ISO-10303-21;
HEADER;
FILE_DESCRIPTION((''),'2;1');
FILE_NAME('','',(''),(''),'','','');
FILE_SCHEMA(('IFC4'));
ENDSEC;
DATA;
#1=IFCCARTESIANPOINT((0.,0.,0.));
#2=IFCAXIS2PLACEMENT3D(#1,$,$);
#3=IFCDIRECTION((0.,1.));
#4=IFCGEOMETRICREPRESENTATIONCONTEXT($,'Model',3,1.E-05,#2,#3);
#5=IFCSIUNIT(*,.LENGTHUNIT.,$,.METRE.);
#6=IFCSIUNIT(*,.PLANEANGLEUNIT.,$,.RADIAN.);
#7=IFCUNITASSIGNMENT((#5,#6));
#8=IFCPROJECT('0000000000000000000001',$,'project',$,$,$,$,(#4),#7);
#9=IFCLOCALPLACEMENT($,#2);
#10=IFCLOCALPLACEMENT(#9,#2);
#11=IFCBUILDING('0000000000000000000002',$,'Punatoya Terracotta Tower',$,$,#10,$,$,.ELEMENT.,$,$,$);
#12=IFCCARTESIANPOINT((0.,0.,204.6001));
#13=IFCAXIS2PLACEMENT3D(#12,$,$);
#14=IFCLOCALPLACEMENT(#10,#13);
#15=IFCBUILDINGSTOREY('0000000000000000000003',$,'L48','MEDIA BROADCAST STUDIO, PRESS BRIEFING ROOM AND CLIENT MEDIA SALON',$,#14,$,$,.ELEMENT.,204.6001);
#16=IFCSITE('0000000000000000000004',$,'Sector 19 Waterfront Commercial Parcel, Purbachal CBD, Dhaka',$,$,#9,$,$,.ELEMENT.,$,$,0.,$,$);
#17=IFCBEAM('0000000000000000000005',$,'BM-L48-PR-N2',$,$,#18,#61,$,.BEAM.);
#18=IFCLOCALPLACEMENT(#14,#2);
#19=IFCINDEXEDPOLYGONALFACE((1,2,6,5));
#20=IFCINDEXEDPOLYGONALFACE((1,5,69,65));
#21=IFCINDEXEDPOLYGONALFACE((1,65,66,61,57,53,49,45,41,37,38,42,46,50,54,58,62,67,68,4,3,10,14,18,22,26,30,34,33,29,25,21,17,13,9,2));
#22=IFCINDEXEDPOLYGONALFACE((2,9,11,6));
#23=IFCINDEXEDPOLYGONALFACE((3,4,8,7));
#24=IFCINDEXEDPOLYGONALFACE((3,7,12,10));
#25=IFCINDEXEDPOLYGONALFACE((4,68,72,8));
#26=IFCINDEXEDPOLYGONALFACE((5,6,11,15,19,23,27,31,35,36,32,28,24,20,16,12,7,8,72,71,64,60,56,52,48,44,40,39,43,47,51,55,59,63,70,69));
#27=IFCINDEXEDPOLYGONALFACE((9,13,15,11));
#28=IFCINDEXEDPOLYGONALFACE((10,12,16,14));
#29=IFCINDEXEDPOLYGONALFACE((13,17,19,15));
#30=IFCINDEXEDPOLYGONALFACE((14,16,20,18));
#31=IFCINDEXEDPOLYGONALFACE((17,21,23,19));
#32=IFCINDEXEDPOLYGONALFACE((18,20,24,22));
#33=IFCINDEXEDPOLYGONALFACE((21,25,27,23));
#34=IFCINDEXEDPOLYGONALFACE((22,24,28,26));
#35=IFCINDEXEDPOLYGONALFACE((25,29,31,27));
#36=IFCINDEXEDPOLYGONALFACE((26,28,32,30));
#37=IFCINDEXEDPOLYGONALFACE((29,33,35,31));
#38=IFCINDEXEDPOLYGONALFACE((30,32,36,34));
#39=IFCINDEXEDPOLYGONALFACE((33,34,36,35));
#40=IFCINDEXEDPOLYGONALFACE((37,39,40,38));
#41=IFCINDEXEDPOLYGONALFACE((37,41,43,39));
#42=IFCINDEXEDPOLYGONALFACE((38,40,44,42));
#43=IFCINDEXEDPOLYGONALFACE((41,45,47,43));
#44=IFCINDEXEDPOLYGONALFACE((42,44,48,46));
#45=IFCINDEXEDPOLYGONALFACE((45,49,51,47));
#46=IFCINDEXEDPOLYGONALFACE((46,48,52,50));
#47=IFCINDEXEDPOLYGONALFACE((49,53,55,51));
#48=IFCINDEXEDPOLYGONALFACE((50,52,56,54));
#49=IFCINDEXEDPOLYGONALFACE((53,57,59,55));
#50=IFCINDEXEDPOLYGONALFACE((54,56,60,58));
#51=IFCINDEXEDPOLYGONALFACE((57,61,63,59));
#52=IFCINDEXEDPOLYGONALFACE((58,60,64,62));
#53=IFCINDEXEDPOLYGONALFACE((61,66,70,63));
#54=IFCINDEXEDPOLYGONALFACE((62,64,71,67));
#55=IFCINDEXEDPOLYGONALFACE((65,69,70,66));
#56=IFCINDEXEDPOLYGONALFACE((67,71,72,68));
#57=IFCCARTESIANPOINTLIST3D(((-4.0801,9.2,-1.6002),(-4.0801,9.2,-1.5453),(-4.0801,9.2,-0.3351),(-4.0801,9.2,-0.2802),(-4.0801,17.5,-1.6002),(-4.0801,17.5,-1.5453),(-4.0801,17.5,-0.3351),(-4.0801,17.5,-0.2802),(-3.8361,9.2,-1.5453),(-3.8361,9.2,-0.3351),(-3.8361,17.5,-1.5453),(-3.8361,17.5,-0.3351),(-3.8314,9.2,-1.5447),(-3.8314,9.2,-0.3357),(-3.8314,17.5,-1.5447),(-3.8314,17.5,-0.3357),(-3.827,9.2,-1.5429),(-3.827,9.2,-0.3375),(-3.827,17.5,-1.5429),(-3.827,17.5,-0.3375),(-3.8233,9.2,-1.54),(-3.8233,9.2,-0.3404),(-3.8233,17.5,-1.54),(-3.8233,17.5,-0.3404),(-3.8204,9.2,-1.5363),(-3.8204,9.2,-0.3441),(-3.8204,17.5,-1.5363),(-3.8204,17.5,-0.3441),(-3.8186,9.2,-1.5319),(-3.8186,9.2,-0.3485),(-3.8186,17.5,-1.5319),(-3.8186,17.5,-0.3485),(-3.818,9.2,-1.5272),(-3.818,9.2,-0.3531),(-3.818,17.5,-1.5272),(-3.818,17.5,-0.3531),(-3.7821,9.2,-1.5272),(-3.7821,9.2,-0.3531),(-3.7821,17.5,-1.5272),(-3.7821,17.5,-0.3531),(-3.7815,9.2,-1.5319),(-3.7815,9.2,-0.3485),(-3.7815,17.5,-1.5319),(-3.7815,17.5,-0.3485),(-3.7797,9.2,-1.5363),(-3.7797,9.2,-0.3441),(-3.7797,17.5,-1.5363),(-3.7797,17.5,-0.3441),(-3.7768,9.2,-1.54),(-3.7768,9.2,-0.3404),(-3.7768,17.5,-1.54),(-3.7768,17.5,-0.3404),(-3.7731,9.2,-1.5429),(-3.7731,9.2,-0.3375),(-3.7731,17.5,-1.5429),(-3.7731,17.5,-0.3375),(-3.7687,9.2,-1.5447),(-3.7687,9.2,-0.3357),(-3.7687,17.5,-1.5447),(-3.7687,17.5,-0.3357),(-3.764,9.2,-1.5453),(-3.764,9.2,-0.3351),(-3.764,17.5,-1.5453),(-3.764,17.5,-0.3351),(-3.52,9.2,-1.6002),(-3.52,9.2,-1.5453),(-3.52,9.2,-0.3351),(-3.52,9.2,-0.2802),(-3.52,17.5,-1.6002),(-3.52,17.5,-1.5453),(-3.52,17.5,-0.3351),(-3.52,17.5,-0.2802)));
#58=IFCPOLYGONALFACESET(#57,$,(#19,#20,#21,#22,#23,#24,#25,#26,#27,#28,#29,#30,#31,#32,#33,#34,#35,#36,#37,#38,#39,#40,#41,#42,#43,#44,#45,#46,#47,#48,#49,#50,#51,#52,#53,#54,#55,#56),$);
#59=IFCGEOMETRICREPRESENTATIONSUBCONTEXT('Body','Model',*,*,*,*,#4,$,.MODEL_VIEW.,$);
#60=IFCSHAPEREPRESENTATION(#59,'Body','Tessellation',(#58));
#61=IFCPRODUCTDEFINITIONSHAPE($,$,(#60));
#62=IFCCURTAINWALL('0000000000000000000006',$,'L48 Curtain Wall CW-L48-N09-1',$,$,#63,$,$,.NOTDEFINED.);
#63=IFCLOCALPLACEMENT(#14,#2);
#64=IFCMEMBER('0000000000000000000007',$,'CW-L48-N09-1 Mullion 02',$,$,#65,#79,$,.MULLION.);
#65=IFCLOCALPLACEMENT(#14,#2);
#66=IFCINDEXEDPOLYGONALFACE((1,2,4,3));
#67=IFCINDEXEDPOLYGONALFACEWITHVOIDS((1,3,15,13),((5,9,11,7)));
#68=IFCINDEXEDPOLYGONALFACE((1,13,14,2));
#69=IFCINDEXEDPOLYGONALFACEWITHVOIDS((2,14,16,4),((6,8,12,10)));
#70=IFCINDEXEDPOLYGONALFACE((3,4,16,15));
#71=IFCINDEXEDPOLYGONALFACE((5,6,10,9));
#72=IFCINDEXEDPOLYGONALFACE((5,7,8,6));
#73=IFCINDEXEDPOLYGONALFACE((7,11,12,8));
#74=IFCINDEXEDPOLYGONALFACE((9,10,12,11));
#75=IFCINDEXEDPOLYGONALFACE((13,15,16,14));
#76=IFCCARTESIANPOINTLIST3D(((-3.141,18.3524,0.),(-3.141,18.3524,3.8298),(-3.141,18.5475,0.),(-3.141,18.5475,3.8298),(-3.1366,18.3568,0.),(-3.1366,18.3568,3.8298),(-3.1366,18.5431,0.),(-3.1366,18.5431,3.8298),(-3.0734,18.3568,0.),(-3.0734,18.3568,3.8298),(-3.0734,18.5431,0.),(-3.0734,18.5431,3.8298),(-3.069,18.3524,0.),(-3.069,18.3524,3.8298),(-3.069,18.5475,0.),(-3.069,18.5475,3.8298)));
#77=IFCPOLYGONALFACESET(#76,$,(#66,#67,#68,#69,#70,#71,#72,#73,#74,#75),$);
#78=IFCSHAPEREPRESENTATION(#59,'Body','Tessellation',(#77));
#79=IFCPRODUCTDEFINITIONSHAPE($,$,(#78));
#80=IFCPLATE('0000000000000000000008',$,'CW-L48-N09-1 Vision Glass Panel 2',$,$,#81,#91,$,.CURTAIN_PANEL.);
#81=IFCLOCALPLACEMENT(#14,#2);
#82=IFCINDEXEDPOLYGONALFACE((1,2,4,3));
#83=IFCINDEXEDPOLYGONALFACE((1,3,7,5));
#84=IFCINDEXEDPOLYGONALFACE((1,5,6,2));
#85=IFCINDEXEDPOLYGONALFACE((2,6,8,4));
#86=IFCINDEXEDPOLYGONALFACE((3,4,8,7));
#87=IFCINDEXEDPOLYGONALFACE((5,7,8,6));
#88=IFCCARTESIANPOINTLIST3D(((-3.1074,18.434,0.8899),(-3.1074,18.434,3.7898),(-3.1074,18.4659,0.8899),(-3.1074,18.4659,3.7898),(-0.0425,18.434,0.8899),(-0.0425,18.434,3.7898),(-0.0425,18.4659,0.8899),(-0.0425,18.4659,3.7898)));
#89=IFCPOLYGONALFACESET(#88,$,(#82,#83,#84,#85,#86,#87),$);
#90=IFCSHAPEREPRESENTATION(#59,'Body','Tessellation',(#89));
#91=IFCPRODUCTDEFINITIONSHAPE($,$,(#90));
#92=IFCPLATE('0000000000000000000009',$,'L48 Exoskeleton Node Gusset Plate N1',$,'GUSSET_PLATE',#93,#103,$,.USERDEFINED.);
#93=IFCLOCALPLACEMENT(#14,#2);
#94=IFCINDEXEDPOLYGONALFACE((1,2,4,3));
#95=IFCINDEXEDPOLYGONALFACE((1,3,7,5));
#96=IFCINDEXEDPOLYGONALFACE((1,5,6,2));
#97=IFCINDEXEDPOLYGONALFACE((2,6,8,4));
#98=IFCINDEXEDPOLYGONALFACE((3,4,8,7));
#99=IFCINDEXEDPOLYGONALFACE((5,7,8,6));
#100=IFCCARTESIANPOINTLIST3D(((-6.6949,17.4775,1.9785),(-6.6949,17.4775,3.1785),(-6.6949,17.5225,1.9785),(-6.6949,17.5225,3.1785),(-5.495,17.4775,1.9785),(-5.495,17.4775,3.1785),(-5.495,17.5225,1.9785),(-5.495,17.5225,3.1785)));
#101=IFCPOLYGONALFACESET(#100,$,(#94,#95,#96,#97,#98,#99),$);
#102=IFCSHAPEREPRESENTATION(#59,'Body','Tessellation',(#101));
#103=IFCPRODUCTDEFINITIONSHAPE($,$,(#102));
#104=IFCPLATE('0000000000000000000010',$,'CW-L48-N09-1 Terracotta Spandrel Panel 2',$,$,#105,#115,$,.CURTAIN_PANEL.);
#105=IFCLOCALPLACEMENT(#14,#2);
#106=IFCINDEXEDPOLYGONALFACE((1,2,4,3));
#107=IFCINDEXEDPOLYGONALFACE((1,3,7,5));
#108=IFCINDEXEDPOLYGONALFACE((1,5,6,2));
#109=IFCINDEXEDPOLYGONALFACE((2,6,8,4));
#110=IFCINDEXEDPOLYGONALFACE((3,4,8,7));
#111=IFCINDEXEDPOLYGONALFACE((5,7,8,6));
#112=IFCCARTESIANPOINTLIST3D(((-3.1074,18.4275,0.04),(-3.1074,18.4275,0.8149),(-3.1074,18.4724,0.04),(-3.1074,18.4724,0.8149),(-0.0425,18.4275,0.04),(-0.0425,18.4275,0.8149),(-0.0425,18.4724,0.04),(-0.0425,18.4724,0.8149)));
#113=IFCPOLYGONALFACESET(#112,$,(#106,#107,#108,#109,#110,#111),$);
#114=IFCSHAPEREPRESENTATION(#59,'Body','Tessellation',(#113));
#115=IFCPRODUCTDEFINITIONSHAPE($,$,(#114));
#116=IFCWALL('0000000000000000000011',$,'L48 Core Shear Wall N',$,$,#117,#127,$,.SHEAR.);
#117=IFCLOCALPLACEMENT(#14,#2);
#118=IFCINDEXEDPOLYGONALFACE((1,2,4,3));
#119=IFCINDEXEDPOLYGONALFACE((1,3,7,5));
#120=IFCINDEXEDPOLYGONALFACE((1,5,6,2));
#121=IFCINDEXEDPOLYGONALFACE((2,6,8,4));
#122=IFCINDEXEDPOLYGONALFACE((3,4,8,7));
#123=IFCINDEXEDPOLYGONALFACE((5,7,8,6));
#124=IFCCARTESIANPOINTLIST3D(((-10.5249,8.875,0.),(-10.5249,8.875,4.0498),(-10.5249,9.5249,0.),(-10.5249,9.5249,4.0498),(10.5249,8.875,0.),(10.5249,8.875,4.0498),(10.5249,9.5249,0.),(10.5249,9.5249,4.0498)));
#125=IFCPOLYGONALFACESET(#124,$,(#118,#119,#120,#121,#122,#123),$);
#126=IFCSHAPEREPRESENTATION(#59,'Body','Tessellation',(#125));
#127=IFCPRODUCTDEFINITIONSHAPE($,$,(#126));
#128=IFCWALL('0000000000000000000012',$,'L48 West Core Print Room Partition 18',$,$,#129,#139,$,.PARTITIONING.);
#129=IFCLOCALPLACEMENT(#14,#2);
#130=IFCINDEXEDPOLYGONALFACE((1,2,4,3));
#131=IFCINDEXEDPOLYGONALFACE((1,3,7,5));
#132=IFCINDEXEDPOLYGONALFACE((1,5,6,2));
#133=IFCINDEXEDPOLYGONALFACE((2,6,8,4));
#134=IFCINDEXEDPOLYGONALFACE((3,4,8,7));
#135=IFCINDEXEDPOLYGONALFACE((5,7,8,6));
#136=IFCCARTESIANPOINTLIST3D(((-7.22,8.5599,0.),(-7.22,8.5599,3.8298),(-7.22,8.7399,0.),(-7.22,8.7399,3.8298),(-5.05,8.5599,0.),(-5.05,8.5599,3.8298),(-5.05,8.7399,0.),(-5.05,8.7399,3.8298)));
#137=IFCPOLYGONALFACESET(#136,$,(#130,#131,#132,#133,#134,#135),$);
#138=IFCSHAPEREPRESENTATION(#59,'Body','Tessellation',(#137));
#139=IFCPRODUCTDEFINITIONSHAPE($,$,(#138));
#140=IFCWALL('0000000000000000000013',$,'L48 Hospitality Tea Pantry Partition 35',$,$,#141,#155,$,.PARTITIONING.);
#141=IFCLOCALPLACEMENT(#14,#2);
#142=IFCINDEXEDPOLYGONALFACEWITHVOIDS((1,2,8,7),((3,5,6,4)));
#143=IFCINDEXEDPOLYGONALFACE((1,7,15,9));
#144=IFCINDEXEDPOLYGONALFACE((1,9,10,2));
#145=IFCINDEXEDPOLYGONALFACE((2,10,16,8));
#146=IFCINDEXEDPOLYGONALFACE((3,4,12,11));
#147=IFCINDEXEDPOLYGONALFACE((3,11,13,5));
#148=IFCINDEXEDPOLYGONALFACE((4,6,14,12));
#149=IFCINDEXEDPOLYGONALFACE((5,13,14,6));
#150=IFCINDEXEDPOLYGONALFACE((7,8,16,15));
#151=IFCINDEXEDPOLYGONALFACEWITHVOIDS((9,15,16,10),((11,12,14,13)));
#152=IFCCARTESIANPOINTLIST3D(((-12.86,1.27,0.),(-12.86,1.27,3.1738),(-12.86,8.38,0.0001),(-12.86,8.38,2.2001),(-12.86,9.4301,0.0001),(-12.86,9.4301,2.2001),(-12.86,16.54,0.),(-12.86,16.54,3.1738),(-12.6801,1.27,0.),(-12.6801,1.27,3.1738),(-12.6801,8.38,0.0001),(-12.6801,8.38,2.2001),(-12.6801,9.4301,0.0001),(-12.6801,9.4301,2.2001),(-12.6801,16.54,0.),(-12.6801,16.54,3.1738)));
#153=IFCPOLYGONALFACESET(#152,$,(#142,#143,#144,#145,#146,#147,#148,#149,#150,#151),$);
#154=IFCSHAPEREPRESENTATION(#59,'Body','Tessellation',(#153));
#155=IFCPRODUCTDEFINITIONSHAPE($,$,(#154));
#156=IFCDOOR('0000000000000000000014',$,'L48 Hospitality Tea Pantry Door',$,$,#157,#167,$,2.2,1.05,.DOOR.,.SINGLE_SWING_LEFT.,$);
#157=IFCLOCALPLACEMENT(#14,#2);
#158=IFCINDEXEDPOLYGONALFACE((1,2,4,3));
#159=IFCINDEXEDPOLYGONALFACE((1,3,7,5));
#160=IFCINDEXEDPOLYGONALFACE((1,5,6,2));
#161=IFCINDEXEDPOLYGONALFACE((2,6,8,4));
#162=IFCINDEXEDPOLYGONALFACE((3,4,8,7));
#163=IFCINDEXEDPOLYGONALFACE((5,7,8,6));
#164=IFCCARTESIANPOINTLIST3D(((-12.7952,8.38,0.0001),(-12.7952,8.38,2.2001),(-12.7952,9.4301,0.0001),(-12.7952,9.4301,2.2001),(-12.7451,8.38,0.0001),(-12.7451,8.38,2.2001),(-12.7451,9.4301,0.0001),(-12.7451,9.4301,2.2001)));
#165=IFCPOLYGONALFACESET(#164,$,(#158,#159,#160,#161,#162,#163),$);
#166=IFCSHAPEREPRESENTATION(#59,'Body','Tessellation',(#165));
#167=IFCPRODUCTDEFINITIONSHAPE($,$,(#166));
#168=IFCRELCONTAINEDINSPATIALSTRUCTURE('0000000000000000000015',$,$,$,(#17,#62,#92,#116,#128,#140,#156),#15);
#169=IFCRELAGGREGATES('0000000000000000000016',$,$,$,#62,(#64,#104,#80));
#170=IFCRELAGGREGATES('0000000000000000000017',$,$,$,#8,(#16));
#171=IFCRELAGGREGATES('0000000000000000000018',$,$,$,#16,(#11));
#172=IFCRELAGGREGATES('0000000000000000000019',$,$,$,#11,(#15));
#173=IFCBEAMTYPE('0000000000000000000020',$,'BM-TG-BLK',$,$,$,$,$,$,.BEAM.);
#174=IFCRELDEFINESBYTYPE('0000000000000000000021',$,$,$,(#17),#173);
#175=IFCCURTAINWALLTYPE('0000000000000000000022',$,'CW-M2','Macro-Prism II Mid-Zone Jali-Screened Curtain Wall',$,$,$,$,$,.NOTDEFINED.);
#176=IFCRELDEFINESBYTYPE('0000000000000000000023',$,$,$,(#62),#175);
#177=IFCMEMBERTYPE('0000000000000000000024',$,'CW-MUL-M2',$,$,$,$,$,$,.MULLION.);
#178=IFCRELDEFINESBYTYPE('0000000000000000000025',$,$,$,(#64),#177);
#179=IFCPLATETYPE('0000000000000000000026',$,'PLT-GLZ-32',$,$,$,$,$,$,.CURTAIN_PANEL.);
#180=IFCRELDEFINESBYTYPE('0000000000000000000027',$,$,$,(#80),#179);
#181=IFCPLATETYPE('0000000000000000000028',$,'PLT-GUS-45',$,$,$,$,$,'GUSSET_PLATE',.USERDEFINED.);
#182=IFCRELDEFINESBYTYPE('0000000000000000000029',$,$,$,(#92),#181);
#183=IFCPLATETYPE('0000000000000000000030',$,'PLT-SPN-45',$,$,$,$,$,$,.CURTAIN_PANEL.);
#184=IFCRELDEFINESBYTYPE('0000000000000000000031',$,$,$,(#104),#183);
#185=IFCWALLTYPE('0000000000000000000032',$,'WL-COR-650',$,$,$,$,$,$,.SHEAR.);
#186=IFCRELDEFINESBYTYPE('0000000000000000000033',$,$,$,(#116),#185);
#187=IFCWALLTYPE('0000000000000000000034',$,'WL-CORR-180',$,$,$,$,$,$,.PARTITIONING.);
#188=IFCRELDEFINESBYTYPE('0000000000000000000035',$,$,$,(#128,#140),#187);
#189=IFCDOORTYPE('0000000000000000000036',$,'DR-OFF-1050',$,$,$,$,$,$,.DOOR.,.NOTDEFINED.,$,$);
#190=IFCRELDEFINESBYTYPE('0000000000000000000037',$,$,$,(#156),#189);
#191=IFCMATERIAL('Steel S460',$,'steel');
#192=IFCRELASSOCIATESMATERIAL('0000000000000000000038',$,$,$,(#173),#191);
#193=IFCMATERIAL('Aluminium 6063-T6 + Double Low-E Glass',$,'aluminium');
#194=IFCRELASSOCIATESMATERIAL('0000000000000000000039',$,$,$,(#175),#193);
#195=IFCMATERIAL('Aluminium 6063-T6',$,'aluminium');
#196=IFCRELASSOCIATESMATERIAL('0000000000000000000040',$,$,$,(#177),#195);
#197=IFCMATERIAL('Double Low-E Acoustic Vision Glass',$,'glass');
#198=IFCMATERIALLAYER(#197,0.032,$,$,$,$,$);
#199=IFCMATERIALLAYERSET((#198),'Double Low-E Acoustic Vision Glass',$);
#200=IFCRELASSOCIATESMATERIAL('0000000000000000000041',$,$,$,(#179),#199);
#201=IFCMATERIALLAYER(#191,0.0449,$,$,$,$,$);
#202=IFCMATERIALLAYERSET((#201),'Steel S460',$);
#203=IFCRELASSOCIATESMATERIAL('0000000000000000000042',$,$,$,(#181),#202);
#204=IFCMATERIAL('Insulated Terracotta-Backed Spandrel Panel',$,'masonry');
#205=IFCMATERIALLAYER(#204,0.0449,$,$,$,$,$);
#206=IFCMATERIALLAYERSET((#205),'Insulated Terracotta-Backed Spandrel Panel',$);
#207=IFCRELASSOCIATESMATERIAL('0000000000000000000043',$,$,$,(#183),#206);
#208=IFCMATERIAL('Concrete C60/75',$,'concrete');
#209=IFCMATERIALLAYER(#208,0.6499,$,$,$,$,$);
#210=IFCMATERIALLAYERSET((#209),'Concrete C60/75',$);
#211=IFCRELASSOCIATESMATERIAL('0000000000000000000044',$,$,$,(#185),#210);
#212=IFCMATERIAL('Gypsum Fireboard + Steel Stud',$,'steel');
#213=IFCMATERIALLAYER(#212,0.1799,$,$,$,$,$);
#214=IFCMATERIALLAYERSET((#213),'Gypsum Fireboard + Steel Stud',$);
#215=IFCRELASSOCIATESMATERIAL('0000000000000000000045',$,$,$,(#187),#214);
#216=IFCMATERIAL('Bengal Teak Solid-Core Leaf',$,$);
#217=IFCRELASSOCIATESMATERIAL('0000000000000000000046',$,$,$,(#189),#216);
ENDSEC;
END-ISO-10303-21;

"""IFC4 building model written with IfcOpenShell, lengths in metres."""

from ifc_helpers import new_model, si_unit, direction, frame, frame_2d, origin, origin_2d, place, context, subcontext, project, spatial, rectangle, hollow_rectangle, i_section, extrude, material, layer, layer_set, material_profile, profile_set, type_object, element, fill, aggregate, save


model = new_model("IFC4")

# Units and contexts
model_context = context("Model", 3, precision=1e-05, world=origin(), true_north=direction((0.0, 1.0)))
body_context = subcontext(model_context, "Body", "Model", "MODEL_VIEW")
ifc_project = project(units=[si_unit("LENGTHUNIT", "METRE"), si_unit("PLANEANGLEUNIT", "RADIAN")], contexts=[model_context])

# Site, building, storey
site_placement = place(None, origin())
site = spatial("IfcSite", under=ifc_project, at=site_placement, Name="Sector 19 Waterfront Commercial Parcel, Purbachal CBD, Dhaka", CompositionType="ELEMENT", RefElevation=0.0)
building_placement = place(site_placement, origin())
building = spatial("IfcBuilding", under=site, at=building_placement, Name="Punatoya Terracotta Tower", CompositionType="ELEMENT")
storey_placement = place(building_placement, frame((0.0, 0.0, 204.6001)))
storey = spatial("IfcBuildingStorey", under=building, at=storey_placement, Name="L48", Description="MEDIA BROADCAST STUDIO, PRESS BRIEFING ROOM AND CLIENT MEDIA SALON", CompositionType="ELEMENT", Elevation=204.6001)

# Shared definitions
ifc_material_1 = material(Name="Steel S460", Category="steel")

# Beam
ifc_material_profile_1 = material_profile(ifc_material_1, i_section(OverallWidth=0.5601, OverallDepth=1.3201, WebThickness=0.0359, FlangeThickness=0.0549, FilletRadius=0.0181, at=origin_2d()))
ifc_profile_set_1 = profile_set([ifc_material_profile_1], Name="Steel S460")
beam_type_1 = type_object("IfcBeamType", Name="BM-TG-BLK", PredefinedType="BEAM", material=ifc_profile_set_1)
for number, where, z_axis, x_axis, name in (
    (1, (-3.8, 9.2, -0.9402), (0.0, 1.0, 0.0), (-1.0, 0.0, 0.0), "BM-L48-PR-N2"),
):
    element("IfcBeam", number, at=place(storey_placement, frame(where, z_axis=z_axis, x_axis=x_axis)), inside=storey, type_object=beam_type_1, Name=name, PredefinedType="BEAM", context=body_context, shape_type="SweptSolid", body=[
        extrude(i_section(OverallWidth=0.5601, OverallDepth=1.3201, WebThickness=0.0359, FlangeThickness=0.0549, FilletRadius=0.0181, at=origin_2d()), origin(), (0.0, 0.0, 1.0), 8.3),
    ])

# Curtain wall, member, plate
ifc_material_2 = material(Name="Aluminium 6063-T6 + Double Low-E Glass", Category="aluminium")
curtain_wall_type = type_object("IfcCurtainWallType", Name="CW-M2", Description="Macro-Prism II Mid-Zone Jali-Screened Curtain Wall", PredefinedType="NOTDEFINED", material=ifc_material_2)
curtain_wall_placement = place(storey_placement, origin())
curtain_wall = element("IfcCurtainWall", 2, at=curtain_wall_placement, inside=storey, type_object=curtain_wall_type, Name="L48 Curtain Wall CW-L48-N09-1", PredefinedType="NOTDEFINED")
ifc_material_3 = material(Name="Aluminium 6063-T6", Category="aluminium")
ifc_material_profile_2 = material_profile(ifc_material_3, hollow_rectangle(XDim=0.072, YDim=0.1951, WallThickness=0.0044, at=origin_2d()))
ifc_profile_set_2 = profile_set([ifc_material_profile_2], Name="Aluminium 6063-T6")
member_type = type_object("IfcMemberType", Name="CW-MUL-M2", PredefinedType="MULLION", material=ifc_profile_set_2)
member_placement = place(storey_placement, frame((-3.105, 18.45, 0.0), z_axis=(0.0, 0.0, 1.0), x_axis=(1.0, 0.0, 0.0)))
member = element("IfcMember", 3, at=member_placement, type_object=member_type, Name="CW-L48-N09-1 Mullion 02", PredefinedType="MULLION", context=body_context, shape_type="SweptSolid", body=[
    extrude(hollow_rectangle(XDim=0.072, YDim=0.1951, WallThickness=0.0044, at=origin_2d()), origin(), (0.0, 0.0, 1.0), 3.8298),
])
ifc_material_4 = material(Name="Double Low-E Acoustic Vision Glass", Category="glass")
ifc_layer_1 = layer(ifc_material_4, 0.032)
ifc_layer_set_1 = layer_set([ifc_layer_1], Name="Double Low-E Acoustic Vision Glass")
plate_type_1 = type_object("IfcPlateType", Name="PLT-GLZ-32", PredefinedType="CURTAIN_PANEL", material=ifc_layer_set_1)
plate_1_placement = place(storey_placement, frame((-1.575, 18.45, 0.8899), z_axis=(0.0, 0.0, 1.0), x_axis=(-1.0, 0.0, 0.0)))
plate_1 = element("IfcPlate", 4, at=plate_1_placement, type_object=plate_type_1, Name="CW-L48-N09-1 Vision Glass Panel 2", PredefinedType="CURTAIN_PANEL", context=body_context, shape_type="SweptSolid", body=[
    extrude(rectangle(XDim=3.0649, YDim=0.032, at=origin_2d()), origin(), (0.0, 0.0, 1.0), 2.8999),
])

# Plates
ifc_layer_2 = layer(ifc_material_1, 0.0449)
ifc_layer_set_2 = layer_set([ifc_layer_2], Name="Steel S460")
plate_type_2 = type_object("IfcPlateType", Name="PLT-GUS-45", ElementType="GUSSET_PLATE", PredefinedType="USERDEFINED", material=ifc_layer_set_2)
plate_2_placement = place(storey_placement, frame((-6.095, 17.5, 1.9785), z_axis=(0.0, 0.0, 1.0), x_axis=(1.0, 0.0, 0.0)))
element("IfcPlate", 5, at=plate_2_placement, inside=storey, type_object=plate_type_2, Name="L48 Exoskeleton Node Gusset Plate N1", ObjectType="GUSSET_PLATE", PredefinedType="USERDEFINED", context=body_context, shape_type="SweptSolid", body=[
    extrude(rectangle(XDim=1.2, YDim=0.0449, at=origin_2d()), origin(), (0.0, 0.0, 1.0), 1.2),
])
ifc_material_5 = material(Name="Insulated Terracotta-Backed Spandrel Panel", Category="masonry")
ifc_layer_3 = layer(ifc_material_5, 0.0449)
ifc_layer_set_3 = layer_set([ifc_layer_3], Name="Insulated Terracotta-Backed Spandrel Panel")
plate_type_3 = type_object("IfcPlateType", Name="PLT-SPN-45", PredefinedType="CURTAIN_PANEL", material=ifc_layer_set_3)
plate_3_placement = place(storey_placement, frame((-1.575, 18.45, 0.04), z_axis=(0.0, 0.0, 1.0), x_axis=(-1.0, 0.0, 0.0)))
plate_3 = element("IfcPlate", 6, at=plate_3_placement, type_object=plate_type_3, Name="CW-L48-N09-1 Terracotta Spandrel Panel 2", PredefinedType="CURTAIN_PANEL", context=body_context, shape_type="SweptSolid", body=[
    extrude(rectangle(XDim=3.0649, YDim=0.0449, at=origin_2d()), origin(), (0.0, 0.0, 1.0), 0.7749),
])
aggregate(curtain_wall, [member, plate_3, plate_1])

# Walls
ifc_material_6 = material(Name="Concrete C60/75", Category="concrete")
ifc_layer_4 = layer(ifc_material_6, 0.6499)
ifc_layer_set_4 = layer_set([ifc_layer_4], Name="Concrete C60/75")
wall_type_1 = type_object("IfcWallType", Name="WL-COR-650", PredefinedType="SHEAR", material=ifc_layer_set_4)
wall_1_placement = place(storey_placement, frame((-10.5249, 9.2, 0.0), z_axis=(0.0, 0.0, 1.0), x_axis=(1.0, 0.0, 0.0)))
element("IfcWall", 7, at=wall_1_placement, inside=storey, type_object=wall_type_1, Name="L48 Core Shear Wall N", PredefinedType="SHEAR", context=body_context, shape_type="SweptSolid", body=[
    extrude(rectangle(XDim=21.0498, YDim=0.6499, at=frame_2d((10.5249, 0.0))), origin(), (0.0, 0.0, 1.0), 4.0498),
])
ifc_material_7 = material(Name="Gypsum Fireboard + Steel Stud", Category="steel")
ifc_layer_5 = layer(ifc_material_7, 0.1799)
ifc_layer_set_5 = layer_set([ifc_layer_5], Name="Gypsum Fireboard + Steel Stud")
wall_type_2 = type_object("IfcWallType", Name="WL-CORR-180", PredefinedType="PARTITIONING", material=ifc_layer_set_5)
wall_2_placement = place(storey_placement, frame((-5.05, 8.6499, 0.0), z_axis=(0.0, 0.0, 1.0), x_axis=(-1.0, 0.0, 0.0)))
element("IfcWall", 8, at=wall_2_placement, inside=storey, type_object=wall_type_2, Name="L48 West Core Print Room Partition 18", PredefinedType="PARTITIONING", context=body_context, shape_type="SweptSolid", body=[
    extrude(rectangle(XDim=2.1699, YDim=0.1799, at=frame_2d((1.085, 0.0))), origin(), (0.0, 0.0, 1.0), 3.8298),
])

# Wall, opening, door
wall_3_placement = place(storey_placement, frame((-12.77, 16.54, 0.0), z_axis=(0.0, 0.0, 1.0), x_axis=(0.0, -1.0, 0.0)))
wall_3 = element("IfcWall", 9, at=wall_3_placement, inside=storey, type_object=wall_type_2, Name="L48 Hospitality Tea Pantry Partition 35", PredefinedType="PARTITIONING", context=body_context, shape_type="SweptSolid", body=[
    extrude(rectangle(XDim=15.27, YDim=0.1799, at=frame_2d((7.635, 0.0))), origin(), (0.0, 0.0, 1.0), 3.1738),
])
opening_1_placement = place(wall_3_placement, frame((7.1101, 0.0, 0.0)))
opening_1 = element("IfcOpeningElement", 10, at=opening_1_placement, cuts=wall_3, PredefinedType="OPENING", context=body_context, shape_type="SweptSolid", body=[
    extrude(rectangle(XDim=1.05, YDim=2.2, at=frame_2d((0.5249, 1.1001))), frame((0.0, 0.0999, 0.0), z_axis=(0.0, -1.0, 0.0), x_axis=(1.0, 0.0, 0.0)), (0.0, 0.0, 1.0), 0.2),
])
ifc_material_8 = material(Name="Bengal Teak Solid-Core Leaf")
door_type_1 = type_object("IfcDoorType", Name="DR-OFF-1050", OperationType="NOTDEFINED", PredefinedType="DOOR", material=ifc_material_8)
door_1_placement = place(opening_1_placement, origin())
door_1 = element("IfcDoor", 11, at=door_1_placement, inside=storey, type_object=door_type_1, Name="L48 Hospitality Tea Pantry Door", OperationType="SINGLE_SWING_LEFT", OverallHeight=2.2, OverallWidth=1.05, PredefinedType="DOOR", context=body_context, shape_type="SweptSolid", body=[
    extrude(rectangle(XDim=1.05, YDim=2.2, at=frame_2d((0.5249, 1.1001))), frame((0.0, 0.0249, 0.0), z_axis=(0.0, -1.0, 0.0), x_axis=(1.0, 0.0, 0.0)), (0.0, 0.0, 1.0), 0.05),
])
fill(opening_1, door_1)

save(model, "model.ifc")
